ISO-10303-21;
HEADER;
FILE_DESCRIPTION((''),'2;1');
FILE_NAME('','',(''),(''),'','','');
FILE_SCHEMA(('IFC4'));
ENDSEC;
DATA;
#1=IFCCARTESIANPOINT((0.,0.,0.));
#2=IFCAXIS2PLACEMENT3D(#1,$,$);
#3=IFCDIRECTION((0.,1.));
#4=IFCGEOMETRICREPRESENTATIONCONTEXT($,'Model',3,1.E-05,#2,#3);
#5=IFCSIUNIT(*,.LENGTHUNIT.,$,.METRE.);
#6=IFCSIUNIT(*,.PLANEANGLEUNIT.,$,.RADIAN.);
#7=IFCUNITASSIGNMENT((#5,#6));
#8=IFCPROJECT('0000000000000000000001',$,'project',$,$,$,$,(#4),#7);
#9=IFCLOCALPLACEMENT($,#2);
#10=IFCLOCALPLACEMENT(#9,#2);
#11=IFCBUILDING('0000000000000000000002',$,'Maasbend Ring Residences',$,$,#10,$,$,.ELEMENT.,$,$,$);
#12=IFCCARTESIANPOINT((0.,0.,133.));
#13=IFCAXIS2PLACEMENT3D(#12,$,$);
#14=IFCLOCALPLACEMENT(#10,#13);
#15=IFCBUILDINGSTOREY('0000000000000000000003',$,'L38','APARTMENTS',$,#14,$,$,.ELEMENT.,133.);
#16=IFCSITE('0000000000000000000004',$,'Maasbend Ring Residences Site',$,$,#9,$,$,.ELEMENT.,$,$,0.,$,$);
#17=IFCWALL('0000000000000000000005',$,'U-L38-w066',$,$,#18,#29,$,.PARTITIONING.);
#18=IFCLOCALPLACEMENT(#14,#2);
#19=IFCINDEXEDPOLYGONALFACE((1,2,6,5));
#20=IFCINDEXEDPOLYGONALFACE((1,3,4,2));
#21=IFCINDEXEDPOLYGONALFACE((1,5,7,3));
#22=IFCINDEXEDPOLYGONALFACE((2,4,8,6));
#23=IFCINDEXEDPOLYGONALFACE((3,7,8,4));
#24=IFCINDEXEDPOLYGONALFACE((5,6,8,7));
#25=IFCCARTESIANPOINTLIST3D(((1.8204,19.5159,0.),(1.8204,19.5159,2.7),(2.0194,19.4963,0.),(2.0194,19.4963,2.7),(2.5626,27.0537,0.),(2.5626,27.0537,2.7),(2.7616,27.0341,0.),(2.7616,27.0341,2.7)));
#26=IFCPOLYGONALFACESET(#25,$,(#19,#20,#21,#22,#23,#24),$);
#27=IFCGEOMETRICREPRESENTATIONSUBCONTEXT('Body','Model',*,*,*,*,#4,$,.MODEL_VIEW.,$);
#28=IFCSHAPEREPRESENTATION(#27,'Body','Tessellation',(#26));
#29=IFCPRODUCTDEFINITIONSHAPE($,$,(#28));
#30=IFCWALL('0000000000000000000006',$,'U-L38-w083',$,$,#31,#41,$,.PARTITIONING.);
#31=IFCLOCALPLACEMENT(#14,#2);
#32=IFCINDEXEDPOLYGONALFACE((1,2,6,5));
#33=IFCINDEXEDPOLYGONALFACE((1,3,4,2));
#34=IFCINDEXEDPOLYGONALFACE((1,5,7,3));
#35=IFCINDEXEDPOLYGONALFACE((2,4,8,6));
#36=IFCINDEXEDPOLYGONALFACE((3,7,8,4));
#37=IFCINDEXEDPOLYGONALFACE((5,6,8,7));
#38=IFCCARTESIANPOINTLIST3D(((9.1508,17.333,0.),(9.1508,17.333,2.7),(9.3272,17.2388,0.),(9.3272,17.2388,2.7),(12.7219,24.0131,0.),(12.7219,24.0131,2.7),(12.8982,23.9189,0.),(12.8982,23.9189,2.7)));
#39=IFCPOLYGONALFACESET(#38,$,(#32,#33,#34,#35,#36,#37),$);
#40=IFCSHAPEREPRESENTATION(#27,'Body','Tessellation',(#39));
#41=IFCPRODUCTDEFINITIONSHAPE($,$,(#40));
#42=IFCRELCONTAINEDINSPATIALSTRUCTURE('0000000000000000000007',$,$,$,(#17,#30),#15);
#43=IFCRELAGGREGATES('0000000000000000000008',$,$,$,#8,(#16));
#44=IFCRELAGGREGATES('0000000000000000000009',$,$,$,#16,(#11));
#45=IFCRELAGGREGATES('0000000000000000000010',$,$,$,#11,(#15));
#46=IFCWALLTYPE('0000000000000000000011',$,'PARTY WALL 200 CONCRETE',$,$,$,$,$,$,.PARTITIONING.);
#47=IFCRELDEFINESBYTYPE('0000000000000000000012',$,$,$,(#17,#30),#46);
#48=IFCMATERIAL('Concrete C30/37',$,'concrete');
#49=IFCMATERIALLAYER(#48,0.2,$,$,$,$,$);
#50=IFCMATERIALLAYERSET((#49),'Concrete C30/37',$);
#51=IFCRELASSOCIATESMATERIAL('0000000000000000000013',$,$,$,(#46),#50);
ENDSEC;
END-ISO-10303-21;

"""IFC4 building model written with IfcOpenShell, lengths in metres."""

from ifc_helpers import new_model, si_unit, direction, frame, frame_2d, origin, place, context, subcontext, project, spatial, rectangle, extrude, material, layer, layer_set, type_object, element, save


model = new_model("IFC4")

# Units and contexts
model_context = context("Model", 3, precision=1e-05, world=origin(), true_north=direction((0.0, 1.0)))
body_context = subcontext(model_context, "Body", "Model", "MODEL_VIEW")
ifc_project = project(units=[si_unit("LENGTHUNIT", "METRE"), si_unit("PLANEANGLEUNIT", "RADIAN")], contexts=[model_context])

# Site, building, storey
site_placement = place(None, origin())
site = spatial("IfcSite", under=ifc_project, at=site_placement, Name="Maasbend Ring Residences Site", CompositionType="ELEMENT", RefElevation=0.0)
building_placement = place(site_placement, origin())
building = spatial("IfcBuilding", under=site, at=building_placement, Name="Maasbend Ring Residences", CompositionType="ELEMENT")
storey_placement = place(building_placement, frame((0.0, 0.0, 133.0)))
storey = spatial("IfcBuildingStorey", under=building, at=storey_placement, Name="L38", Description="APARTMENTS", CompositionType="ELEMENT", Elevation=133.0)

# Walls
ifc_material_1 = material(Name="Concrete C30/37", Category="concrete")
ifc_layer_1 = layer(ifc_material_1, 0.2)
ifc_layer_set_1 = layer_set([ifc_layer_1], Name="Concrete C30/37")
wall_type_1 = type_object("IfcWallType", Name="PARTY WALL 200 CONCRETE", PredefinedType="PARTITIONING", material=ifc_layer_set_1)
wall_1_placement = place(storey_placement, frame((1.9199, 19.5061, 0.0), z_axis=(0.0, 0.0, 1.0), x_axis=(0.097988, 0.995188, 0.0)))
element("IfcWall", 1, at=wall_1_placement, inside=storey, type_object=wall_type_1, Name="U-L38-w066", PredefinedType="PARTITIONING", context=body_context, shape_type="SweptSolid", body=[
    extrude(rectangle(XDim=7.5742, YDim=0.2, at=frame_2d((3.7871, 0.0))), origin(), (0.0, 0.0, 1.0), 2.7),
])
wall_2_placement = place(storey_placement, frame((9.239, 17.2859, 0.0), z_axis=(0.0, 0.0, 1.0), x_axis=(0.47144, 0.881898, 0.0)))
element("IfcWall", 2, at=wall_2_placement, inside=storey, type_object=wall_type_1, Name="U-L38-w083", PredefinedType="PARTITIONING", context=body_context, shape_type="SweptSolid", body=[
    extrude(rectangle(XDim=7.5747, YDim=0.2, at=frame_2d((3.7874, 0.0))), origin(), (0.0, 0.0, 1.0), 2.7),
])

save(model, "model.ifc")
